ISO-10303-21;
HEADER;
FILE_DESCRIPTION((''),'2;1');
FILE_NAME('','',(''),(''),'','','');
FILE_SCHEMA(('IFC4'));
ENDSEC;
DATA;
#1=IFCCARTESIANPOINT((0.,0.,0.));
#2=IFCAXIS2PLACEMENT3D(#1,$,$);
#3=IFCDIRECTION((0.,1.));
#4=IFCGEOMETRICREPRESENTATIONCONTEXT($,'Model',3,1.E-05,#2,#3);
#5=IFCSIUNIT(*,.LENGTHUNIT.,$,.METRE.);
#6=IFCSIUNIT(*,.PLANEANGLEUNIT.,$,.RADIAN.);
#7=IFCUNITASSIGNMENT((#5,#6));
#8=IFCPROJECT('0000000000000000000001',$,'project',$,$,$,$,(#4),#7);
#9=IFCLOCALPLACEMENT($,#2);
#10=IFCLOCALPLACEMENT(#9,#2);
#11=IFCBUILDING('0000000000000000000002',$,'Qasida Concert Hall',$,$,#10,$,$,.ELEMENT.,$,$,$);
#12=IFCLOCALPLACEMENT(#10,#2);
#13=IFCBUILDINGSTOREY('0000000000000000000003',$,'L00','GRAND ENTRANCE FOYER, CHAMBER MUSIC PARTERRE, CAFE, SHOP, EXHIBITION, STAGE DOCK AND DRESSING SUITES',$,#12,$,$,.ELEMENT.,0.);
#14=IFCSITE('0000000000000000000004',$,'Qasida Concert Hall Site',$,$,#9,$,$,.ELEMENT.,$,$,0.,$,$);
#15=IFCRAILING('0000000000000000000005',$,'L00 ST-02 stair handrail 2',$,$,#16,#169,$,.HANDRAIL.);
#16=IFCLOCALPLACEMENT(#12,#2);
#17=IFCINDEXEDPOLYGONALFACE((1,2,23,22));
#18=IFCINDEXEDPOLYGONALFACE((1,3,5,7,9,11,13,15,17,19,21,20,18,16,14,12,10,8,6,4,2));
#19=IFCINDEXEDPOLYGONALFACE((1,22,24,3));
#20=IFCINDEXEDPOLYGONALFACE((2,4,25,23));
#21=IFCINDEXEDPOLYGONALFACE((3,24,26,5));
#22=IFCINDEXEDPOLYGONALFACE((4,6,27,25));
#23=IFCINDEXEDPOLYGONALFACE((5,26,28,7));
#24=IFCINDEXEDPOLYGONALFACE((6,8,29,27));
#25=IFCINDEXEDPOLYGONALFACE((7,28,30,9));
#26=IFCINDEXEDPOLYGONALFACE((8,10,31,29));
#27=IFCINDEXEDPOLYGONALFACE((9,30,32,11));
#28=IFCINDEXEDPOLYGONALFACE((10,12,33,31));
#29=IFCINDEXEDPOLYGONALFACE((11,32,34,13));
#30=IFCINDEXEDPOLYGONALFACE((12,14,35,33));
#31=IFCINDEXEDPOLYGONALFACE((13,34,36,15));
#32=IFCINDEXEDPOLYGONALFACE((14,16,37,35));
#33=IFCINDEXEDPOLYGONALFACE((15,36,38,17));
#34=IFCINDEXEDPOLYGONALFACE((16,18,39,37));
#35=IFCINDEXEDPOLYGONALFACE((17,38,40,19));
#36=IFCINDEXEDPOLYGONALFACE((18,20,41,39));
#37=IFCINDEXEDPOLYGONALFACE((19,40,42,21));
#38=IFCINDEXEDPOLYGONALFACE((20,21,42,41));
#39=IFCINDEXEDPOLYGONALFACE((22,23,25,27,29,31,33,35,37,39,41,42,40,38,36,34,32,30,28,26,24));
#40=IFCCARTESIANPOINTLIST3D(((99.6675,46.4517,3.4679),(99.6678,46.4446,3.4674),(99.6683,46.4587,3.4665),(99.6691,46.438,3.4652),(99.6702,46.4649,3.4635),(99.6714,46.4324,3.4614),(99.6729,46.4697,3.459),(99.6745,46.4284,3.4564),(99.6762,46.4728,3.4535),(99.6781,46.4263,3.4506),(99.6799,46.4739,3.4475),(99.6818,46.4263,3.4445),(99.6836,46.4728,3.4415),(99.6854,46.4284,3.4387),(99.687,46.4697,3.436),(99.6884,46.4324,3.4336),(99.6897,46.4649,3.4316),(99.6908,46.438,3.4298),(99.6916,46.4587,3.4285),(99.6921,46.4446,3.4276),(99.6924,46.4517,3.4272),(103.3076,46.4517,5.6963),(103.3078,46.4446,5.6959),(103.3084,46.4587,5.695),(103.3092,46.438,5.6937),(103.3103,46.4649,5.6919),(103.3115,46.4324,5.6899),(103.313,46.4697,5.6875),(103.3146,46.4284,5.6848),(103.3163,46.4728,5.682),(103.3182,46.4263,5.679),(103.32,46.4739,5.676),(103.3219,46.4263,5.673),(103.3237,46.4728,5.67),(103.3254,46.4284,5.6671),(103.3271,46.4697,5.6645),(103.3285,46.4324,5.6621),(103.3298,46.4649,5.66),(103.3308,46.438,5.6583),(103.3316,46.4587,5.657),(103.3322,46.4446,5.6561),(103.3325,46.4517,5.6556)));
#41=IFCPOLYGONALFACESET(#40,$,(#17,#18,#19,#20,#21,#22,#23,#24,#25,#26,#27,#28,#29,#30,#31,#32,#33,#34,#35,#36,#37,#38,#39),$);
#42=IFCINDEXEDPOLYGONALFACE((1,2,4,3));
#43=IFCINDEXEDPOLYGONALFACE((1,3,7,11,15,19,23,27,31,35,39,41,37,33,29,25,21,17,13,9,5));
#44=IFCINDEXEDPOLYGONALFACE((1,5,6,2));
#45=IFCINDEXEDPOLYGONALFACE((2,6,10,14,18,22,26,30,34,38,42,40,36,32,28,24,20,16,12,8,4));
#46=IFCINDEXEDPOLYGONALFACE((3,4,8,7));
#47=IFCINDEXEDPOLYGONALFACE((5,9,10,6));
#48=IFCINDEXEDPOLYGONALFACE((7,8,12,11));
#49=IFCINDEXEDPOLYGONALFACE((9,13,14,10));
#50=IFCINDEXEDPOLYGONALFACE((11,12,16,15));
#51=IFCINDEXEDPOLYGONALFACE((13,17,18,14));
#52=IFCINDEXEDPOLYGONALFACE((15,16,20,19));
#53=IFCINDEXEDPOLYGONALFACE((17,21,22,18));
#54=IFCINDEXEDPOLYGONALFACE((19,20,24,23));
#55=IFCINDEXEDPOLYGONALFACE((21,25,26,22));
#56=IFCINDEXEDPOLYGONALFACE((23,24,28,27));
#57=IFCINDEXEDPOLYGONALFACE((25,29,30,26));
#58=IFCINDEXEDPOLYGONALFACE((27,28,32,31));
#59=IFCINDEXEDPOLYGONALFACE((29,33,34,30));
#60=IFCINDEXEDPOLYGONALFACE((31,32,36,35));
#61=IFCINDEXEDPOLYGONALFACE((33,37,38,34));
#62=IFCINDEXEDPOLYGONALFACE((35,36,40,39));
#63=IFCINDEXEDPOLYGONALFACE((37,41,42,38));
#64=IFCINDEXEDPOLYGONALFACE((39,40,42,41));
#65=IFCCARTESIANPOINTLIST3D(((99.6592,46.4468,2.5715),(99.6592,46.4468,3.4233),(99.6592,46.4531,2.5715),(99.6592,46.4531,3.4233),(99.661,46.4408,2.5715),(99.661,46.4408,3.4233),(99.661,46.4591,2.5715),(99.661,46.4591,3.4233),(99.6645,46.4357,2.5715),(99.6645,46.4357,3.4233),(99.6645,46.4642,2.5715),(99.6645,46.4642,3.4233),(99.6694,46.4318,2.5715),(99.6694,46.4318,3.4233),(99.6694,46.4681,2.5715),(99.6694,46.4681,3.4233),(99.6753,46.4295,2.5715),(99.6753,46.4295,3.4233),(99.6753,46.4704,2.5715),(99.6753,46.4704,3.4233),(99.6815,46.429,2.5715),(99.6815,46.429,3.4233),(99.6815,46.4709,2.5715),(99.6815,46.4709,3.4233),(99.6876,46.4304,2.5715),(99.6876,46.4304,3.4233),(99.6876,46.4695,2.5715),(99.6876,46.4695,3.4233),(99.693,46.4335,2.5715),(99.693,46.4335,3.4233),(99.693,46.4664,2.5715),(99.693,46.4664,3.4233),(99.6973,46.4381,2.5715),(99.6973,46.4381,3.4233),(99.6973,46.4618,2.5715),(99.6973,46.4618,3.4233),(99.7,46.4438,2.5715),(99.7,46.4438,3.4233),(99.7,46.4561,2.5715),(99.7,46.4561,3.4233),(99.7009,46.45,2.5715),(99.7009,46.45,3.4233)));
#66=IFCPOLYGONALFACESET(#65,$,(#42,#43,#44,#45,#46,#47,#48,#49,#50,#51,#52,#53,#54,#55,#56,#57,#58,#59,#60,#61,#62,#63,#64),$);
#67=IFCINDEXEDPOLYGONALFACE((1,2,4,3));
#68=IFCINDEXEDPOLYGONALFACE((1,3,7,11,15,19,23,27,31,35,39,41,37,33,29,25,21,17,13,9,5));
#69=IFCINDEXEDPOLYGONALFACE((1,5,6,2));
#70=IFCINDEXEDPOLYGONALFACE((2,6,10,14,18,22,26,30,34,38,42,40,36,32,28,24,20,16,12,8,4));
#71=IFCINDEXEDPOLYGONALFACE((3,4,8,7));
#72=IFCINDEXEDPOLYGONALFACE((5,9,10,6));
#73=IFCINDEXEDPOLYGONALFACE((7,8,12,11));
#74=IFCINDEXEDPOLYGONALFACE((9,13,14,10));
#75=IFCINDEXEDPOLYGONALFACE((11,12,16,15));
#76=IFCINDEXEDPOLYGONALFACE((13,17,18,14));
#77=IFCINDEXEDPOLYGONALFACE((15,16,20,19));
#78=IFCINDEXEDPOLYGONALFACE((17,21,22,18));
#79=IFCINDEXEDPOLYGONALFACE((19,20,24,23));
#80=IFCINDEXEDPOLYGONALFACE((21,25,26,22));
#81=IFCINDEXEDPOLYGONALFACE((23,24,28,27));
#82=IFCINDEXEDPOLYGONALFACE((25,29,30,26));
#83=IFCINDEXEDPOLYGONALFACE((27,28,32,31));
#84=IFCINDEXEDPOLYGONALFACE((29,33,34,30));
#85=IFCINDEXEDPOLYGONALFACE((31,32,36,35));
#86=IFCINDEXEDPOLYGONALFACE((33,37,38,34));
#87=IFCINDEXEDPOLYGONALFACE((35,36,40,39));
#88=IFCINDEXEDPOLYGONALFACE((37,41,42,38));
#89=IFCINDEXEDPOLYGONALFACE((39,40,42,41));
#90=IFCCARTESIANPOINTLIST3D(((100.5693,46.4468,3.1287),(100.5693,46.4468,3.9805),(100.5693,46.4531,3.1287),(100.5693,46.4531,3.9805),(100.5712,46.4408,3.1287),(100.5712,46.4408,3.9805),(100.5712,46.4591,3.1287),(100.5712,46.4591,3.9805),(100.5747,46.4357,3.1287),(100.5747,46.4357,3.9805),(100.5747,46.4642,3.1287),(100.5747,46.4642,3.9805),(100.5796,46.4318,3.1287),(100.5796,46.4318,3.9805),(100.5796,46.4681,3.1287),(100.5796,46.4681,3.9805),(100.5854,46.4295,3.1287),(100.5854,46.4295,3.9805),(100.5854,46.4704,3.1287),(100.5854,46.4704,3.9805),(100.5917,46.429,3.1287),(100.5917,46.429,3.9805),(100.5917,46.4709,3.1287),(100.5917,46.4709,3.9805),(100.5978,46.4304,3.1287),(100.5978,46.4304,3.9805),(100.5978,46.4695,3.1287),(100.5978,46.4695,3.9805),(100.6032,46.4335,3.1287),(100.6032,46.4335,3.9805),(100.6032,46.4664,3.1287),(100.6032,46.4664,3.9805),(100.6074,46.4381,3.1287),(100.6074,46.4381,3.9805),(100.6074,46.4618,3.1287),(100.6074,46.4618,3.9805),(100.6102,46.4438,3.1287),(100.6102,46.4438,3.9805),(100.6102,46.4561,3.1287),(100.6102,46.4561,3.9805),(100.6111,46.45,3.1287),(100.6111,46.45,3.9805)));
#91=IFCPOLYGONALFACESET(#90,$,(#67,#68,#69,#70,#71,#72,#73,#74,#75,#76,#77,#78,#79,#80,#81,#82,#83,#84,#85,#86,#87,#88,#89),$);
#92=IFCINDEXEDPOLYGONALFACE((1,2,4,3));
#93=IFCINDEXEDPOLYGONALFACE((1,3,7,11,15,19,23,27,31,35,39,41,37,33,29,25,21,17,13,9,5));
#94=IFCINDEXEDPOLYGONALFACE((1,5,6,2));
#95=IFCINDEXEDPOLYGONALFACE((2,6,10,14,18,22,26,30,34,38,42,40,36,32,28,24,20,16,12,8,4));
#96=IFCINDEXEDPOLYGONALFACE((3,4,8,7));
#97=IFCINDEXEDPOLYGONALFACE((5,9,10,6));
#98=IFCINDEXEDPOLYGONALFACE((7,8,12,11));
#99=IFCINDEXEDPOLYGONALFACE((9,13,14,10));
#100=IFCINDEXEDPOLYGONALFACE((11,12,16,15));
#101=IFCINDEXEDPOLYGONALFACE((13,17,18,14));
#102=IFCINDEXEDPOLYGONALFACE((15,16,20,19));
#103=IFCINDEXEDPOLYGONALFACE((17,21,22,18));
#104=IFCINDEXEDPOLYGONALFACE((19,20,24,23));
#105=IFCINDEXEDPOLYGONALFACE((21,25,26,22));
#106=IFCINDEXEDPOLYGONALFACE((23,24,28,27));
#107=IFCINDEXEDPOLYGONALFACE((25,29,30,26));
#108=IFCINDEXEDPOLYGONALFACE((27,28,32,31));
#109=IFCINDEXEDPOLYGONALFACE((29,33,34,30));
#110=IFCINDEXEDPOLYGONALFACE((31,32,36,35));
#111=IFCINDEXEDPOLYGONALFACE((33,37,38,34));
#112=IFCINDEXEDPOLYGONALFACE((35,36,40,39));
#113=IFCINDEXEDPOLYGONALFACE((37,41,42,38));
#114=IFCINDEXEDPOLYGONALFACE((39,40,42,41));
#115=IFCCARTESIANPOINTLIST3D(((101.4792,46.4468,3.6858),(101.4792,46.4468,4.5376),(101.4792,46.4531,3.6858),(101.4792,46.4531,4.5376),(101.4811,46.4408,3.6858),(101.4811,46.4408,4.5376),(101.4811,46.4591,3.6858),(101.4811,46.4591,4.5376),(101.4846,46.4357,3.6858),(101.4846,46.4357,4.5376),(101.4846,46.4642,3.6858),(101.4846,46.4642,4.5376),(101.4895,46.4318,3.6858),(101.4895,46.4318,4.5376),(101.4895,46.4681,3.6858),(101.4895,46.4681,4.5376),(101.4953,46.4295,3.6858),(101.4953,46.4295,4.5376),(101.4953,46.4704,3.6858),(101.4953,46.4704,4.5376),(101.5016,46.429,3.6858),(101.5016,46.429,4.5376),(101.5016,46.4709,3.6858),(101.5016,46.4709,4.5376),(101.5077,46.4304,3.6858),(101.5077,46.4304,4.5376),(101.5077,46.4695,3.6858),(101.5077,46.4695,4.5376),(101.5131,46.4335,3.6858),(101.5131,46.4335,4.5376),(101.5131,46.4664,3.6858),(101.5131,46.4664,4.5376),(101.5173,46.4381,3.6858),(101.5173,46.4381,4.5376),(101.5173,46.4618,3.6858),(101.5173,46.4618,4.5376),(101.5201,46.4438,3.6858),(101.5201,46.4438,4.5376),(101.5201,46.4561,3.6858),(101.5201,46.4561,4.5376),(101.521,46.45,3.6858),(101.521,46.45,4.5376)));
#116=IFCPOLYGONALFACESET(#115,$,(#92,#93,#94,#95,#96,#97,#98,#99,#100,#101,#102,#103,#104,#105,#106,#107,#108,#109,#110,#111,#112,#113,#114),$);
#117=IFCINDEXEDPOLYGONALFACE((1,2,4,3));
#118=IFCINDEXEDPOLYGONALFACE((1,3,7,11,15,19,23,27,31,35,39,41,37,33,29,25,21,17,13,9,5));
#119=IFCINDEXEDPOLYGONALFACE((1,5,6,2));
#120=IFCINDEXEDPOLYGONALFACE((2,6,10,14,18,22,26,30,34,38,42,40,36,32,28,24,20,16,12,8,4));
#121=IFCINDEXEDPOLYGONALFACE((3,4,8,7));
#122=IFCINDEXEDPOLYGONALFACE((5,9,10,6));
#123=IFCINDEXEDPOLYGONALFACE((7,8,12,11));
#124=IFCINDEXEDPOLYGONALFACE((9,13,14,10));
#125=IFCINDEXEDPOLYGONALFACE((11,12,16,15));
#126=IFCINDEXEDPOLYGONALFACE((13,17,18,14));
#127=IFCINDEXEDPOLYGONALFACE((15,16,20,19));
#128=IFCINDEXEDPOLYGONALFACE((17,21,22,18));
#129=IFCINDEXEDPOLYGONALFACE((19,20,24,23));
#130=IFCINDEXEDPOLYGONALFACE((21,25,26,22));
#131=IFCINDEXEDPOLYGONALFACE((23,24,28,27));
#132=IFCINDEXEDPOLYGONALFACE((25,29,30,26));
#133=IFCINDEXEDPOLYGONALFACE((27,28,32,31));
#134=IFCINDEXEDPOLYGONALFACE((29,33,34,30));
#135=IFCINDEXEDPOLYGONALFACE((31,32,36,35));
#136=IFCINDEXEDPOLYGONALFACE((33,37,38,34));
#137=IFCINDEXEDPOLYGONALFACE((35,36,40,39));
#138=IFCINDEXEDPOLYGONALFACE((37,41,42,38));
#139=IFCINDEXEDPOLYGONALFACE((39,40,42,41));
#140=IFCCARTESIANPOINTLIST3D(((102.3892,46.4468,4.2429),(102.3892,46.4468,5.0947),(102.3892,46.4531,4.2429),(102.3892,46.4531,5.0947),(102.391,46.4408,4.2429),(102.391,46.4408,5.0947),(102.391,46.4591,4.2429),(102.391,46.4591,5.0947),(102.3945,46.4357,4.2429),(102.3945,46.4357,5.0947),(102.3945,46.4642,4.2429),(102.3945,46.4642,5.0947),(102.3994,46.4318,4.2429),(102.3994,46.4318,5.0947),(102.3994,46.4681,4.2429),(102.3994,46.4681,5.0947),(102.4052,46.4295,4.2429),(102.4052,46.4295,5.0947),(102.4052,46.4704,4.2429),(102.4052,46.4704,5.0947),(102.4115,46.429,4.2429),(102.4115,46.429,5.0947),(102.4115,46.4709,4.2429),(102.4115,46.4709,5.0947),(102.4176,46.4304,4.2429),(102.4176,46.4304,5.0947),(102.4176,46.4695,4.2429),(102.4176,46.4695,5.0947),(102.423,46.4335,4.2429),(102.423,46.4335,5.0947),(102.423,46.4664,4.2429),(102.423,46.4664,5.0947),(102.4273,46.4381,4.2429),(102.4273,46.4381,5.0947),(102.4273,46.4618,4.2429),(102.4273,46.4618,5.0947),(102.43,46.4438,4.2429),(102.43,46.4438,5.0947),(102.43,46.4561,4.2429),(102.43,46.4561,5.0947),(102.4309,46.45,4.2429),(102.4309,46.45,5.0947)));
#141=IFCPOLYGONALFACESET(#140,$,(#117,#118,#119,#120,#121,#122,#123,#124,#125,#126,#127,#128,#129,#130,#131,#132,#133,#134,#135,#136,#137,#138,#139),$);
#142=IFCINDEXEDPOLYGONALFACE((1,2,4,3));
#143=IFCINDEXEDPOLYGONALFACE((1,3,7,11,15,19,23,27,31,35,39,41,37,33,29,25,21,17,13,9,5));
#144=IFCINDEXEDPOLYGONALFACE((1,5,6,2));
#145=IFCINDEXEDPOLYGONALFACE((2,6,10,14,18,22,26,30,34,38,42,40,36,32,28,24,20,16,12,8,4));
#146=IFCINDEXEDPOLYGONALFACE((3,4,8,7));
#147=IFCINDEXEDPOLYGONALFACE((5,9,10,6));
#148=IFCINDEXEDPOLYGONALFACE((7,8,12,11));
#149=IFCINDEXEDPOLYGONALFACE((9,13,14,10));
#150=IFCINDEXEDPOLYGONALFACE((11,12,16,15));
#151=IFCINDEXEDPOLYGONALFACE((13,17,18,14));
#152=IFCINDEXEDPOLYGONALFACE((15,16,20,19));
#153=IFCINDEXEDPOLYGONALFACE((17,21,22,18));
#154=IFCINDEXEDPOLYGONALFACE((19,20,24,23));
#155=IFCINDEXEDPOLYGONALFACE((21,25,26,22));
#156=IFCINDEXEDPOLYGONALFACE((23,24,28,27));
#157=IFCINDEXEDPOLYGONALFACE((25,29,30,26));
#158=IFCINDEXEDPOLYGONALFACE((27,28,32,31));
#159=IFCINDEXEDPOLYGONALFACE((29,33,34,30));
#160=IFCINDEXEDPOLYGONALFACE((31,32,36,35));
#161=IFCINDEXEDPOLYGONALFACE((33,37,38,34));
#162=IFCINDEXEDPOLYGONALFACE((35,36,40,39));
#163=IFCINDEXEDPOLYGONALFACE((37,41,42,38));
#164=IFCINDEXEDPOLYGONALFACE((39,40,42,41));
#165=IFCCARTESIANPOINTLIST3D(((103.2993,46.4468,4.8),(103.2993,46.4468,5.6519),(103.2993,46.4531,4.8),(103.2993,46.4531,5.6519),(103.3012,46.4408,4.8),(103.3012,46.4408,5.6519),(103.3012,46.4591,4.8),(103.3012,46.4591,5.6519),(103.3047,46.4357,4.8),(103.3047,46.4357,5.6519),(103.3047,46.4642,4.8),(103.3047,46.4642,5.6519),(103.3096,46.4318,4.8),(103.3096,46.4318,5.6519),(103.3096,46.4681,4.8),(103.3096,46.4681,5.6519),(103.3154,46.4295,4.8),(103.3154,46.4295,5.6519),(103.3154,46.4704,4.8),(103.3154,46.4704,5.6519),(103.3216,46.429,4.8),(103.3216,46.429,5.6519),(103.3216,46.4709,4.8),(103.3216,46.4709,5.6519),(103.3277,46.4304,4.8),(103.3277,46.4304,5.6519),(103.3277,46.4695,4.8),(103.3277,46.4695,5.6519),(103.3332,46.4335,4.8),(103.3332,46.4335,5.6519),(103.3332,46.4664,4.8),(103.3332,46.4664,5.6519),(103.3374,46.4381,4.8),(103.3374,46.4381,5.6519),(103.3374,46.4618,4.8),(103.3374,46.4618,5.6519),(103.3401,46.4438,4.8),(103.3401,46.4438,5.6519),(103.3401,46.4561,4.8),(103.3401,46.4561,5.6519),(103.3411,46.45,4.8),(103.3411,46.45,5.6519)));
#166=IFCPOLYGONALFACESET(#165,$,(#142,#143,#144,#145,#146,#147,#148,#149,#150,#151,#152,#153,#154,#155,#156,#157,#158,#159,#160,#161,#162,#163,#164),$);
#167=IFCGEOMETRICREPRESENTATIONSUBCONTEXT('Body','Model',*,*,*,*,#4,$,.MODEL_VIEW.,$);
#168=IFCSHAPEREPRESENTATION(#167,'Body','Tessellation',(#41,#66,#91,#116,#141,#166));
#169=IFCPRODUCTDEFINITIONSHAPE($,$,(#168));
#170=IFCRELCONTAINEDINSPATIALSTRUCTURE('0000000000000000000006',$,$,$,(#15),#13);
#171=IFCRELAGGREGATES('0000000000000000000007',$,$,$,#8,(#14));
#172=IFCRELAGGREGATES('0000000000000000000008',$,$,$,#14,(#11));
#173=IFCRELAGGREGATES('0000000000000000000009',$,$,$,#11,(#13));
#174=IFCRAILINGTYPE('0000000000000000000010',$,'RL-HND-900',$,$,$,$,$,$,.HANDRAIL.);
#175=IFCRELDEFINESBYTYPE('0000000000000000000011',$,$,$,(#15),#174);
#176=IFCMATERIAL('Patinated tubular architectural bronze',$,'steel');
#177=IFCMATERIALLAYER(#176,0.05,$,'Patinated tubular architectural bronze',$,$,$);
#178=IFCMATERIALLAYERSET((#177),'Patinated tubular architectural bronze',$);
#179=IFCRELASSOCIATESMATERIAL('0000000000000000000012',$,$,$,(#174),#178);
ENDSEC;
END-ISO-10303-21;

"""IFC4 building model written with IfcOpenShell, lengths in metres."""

from ifc_helpers import new_model, si_unit, direction, frame, origin, origin_2d, place, context, subcontext, project, spatial, circle, extrude, material, layer, layer_set, type_object, element, save


model = new_model("IFC4")

# Units and contexts
model_context = context("Model", 3, precision=1e-05, world=origin(), true_north=direction((0.0, 1.0)))
body_context = subcontext(model_context, "Body", "Model", "MODEL_VIEW")
ifc_project = project(units=[si_unit("LENGTHUNIT", "METRE"), si_unit("PLANEANGLEUNIT", "RADIAN")], contexts=[model_context])

# Site, building, storey
site_placement = place(None, origin())
site = spatial("IfcSite", under=ifc_project, at=site_placement, Name="Qasida Concert Hall Site", CompositionType="ELEMENT", RefElevation=0.0)
building_placement = place(site_placement, origin())
building = spatial("IfcBuilding", under=site, at=building_placement, Name="Qasida Concert Hall", CompositionType="ELEMENT")
storey_placement = place(building_placement, origin())
storey = spatial("IfcBuildingStorey", under=building, at=storey_placement, Name="L00", Description="GRAND ENTRANCE FOYER, CHAMBER MUSIC PARTERRE, CAFE, SHOP, EXHIBITION, STAGE DOCK AND DRESSING SUITES", CompositionType="ELEMENT", Elevation=0.0)

# Railing
ifc_material_1 = material(Name="Patinated tubular architectural bronze", Category="steel")
ifc_layer_1 = layer(ifc_material_1, 0.05, Name="Patinated tubular architectural bronze")
ifc_layer_set_1 = layer_set([ifc_layer_1], Name="Patinated tubular architectural bronze")
railing_type_1 = type_object("IfcRailingType", Name="RL-HND-900", PredefinedType="HANDRAIL", material=ifc_layer_set_1)
railing_1_placement = place(storey_placement, frame((99.6799, 46.45, 2.5715)))
element("IfcRailing", 1, at=railing_1_placement, inside=storey, type_object=railing_type_1, Name="L00 ST-02 stair handrail 2", PredefinedType="HANDRAIL", context=body_context, shape_type="SweptSolid", body=[
    extrude(circle(Radius=0.0239, at=origin_2d()), frame((0.0, 0.0, 0.876), z_axis=(0.852866, 0.0, 0.52213), x_axis=(0.0, 1.0, 0.0)), (0.0, 0.0, 1.0), 4.2681),
    extrude(circle(Radius=0.021, at=origin_2d()), origin(), (0.0, 0.0, 1.0), 0.8518),
    extrude(circle(Radius=0.021, at=origin_2d()), frame((0.9102, 0.0, 0.5571)), (0.0, 0.0, 1.0), 0.8518),
    extrude(circle(Radius=0.021, at=origin_2d()), frame((1.8201, 0.0, 1.1143)), (0.0, 0.0, 1.0), 0.8518),
    extrude(circle(Radius=0.021, at=origin_2d()), frame((2.73, 0.0, 1.6714)), (0.0, 0.0, 1.0), 0.8518),
    extrude(circle(Radius=0.021, at=origin_2d()), frame((3.6401, 0.0, 2.2285)), (0.0, 0.0, 1.0), 0.8518),
])

save(model, "model.ifc")
